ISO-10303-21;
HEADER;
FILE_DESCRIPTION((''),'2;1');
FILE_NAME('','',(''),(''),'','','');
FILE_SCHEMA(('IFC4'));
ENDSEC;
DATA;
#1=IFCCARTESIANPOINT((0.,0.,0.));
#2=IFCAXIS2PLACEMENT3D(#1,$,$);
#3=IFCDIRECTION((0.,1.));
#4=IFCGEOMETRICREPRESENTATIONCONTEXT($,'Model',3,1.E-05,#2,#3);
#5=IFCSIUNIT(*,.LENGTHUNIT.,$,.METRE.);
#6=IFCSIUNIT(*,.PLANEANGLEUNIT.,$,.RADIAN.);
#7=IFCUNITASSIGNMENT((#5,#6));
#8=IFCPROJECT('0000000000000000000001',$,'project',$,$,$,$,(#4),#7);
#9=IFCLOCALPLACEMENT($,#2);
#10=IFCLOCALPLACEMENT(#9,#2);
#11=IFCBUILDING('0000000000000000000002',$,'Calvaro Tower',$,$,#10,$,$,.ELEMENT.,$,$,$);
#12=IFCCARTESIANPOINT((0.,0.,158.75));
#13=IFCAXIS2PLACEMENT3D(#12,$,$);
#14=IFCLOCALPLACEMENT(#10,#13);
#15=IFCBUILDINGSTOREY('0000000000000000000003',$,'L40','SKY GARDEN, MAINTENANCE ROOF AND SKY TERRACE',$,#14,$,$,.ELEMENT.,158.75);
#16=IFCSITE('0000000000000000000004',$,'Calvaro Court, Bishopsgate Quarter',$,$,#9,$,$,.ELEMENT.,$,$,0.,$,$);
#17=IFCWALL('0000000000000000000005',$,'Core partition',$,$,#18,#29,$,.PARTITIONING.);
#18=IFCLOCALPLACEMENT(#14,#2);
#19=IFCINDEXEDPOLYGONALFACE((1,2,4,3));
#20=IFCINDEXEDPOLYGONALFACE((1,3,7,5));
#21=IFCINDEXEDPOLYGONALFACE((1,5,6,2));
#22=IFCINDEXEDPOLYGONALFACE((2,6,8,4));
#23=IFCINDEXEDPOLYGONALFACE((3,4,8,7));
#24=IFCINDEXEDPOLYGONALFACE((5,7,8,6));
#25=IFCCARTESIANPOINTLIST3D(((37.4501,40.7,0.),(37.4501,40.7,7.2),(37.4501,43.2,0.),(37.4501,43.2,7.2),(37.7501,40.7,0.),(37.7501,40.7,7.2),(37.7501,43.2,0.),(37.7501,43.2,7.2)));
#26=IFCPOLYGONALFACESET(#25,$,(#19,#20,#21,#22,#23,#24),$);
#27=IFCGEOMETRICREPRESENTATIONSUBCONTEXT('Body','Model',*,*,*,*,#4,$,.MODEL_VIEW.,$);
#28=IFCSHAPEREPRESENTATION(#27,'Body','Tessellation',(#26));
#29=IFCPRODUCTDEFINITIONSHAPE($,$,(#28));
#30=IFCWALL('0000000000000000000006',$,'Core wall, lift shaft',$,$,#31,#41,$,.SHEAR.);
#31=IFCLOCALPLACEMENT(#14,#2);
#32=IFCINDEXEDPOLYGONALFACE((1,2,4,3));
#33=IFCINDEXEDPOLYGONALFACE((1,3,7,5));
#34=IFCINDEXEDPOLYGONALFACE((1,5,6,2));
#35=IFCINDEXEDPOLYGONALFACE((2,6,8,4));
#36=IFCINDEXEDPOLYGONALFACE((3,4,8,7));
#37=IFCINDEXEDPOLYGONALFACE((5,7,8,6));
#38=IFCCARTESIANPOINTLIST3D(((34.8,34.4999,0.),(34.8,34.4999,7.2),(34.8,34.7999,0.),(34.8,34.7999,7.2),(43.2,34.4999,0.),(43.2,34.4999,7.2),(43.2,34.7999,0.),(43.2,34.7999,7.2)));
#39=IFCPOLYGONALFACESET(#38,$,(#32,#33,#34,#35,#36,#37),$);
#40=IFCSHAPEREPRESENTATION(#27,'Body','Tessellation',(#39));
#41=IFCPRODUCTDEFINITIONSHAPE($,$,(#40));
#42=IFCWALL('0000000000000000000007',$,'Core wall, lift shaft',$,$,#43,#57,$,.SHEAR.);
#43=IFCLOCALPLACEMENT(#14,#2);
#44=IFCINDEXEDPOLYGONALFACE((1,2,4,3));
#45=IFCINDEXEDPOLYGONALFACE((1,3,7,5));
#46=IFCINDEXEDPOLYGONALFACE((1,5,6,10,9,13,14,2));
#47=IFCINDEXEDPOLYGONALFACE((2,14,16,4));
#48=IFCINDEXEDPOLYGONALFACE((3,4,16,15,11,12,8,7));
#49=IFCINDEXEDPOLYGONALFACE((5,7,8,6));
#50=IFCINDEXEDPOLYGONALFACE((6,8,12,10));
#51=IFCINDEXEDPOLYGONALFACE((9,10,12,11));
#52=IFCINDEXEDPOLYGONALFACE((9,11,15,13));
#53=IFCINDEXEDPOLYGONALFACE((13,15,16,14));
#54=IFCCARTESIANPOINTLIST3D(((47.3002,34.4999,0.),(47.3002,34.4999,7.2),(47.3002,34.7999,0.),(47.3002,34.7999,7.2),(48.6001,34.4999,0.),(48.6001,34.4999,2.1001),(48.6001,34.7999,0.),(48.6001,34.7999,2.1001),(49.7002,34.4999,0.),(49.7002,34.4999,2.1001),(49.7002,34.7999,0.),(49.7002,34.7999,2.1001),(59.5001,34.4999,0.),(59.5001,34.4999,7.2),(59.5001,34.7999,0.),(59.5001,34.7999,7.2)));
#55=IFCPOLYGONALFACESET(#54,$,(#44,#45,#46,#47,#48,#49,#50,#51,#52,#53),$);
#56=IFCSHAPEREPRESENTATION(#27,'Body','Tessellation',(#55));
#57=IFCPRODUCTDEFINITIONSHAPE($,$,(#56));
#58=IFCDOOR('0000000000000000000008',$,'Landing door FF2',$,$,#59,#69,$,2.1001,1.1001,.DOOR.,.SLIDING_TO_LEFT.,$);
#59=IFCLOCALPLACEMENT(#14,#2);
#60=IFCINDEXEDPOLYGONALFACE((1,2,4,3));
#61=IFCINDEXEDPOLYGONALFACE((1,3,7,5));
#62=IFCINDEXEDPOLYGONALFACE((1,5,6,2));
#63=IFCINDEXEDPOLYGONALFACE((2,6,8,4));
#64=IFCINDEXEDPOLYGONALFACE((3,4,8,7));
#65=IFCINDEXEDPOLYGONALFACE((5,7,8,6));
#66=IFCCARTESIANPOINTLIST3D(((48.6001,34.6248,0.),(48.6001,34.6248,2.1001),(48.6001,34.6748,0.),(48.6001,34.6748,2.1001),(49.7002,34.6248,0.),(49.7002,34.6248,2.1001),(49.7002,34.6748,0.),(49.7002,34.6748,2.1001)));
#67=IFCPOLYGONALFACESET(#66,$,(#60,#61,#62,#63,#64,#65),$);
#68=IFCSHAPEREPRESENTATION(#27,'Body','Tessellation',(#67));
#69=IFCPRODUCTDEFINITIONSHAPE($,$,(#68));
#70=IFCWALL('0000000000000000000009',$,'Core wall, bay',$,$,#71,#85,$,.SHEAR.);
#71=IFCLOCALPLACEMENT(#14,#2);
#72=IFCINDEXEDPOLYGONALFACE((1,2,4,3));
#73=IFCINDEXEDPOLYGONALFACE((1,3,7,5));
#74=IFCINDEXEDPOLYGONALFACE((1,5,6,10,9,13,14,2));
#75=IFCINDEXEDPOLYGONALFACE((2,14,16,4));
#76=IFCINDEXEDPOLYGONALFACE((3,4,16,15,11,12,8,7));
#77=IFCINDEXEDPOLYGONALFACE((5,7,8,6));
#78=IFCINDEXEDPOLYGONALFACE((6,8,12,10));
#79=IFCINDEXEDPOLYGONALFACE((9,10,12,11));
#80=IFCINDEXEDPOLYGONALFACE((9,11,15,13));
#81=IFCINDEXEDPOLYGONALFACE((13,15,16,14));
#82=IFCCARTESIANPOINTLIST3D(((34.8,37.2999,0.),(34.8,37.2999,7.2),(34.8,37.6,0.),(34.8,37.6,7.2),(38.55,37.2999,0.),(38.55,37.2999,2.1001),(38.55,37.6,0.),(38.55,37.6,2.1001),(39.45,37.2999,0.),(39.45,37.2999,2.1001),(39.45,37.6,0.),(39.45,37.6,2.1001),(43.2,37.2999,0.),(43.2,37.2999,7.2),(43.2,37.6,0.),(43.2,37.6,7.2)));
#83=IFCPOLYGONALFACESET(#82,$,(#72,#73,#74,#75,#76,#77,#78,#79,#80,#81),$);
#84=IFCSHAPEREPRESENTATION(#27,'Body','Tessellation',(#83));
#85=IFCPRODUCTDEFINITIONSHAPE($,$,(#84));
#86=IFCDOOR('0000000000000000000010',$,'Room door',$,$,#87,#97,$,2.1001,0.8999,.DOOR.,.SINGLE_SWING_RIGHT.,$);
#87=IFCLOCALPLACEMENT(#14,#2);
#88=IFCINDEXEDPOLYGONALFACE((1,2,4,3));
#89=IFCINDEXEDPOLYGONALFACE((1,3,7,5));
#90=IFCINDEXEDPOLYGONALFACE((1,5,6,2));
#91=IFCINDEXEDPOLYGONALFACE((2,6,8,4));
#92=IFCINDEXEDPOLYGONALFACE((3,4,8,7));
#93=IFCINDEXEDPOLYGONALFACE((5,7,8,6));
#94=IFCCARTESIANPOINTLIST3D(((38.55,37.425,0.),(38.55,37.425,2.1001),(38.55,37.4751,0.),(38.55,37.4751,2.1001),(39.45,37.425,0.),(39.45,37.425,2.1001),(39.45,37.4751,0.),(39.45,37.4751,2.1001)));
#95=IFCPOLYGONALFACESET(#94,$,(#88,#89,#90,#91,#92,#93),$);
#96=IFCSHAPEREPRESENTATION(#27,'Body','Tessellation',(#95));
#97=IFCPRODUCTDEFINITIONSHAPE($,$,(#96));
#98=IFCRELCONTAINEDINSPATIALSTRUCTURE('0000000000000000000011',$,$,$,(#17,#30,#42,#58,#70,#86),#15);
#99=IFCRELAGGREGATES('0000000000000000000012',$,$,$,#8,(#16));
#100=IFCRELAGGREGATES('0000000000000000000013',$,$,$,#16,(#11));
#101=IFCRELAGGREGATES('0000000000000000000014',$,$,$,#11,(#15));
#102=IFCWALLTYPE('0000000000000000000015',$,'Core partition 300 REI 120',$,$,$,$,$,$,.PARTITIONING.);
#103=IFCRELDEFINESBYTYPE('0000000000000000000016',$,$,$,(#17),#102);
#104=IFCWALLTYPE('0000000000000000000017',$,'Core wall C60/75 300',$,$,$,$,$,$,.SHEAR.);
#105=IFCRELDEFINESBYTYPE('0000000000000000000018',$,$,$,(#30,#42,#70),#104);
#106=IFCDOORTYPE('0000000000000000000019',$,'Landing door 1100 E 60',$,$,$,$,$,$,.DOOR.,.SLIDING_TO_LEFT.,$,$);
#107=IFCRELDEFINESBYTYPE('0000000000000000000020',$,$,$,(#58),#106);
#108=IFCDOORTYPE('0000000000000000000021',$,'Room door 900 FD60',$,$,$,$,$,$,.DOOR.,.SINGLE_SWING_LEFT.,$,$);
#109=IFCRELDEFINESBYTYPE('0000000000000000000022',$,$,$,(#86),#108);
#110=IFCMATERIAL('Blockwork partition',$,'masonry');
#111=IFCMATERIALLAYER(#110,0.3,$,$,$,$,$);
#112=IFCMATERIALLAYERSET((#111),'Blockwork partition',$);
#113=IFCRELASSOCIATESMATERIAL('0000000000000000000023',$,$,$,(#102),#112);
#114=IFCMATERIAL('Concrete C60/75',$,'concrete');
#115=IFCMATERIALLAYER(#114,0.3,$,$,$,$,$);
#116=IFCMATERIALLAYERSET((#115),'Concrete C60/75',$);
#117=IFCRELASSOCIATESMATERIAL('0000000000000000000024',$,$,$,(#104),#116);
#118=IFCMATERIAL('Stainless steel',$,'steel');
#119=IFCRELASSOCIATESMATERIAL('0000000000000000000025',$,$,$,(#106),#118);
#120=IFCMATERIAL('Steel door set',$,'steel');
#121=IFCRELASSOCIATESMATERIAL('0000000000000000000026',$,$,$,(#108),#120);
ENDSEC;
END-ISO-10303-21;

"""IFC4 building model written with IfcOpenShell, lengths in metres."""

from ifc_helpers import new_model, si_unit, direction, frame, frame_2d, origin, place, context, subcontext, project, spatial, rectangle, extrude, material, layer, layer_set, type_object, element, fill, save


model = new_model("IFC4")

# Units and contexts
model_context = context("Model", 3, precision=1e-05, world=origin(), true_north=direction((0.0, 1.0)))
body_context = subcontext(model_context, "Body", "Model", "MODEL_VIEW")
ifc_project = project(units=[si_unit("LENGTHUNIT", "METRE"), si_unit("PLANEANGLEUNIT", "RADIAN")], contexts=[model_context])

# Site, building, storey
site_placement = place(None, origin())
site = spatial("IfcSite", under=ifc_project, at=site_placement, Name="Calvaro Court, Bishopsgate Quarter", CompositionType="ELEMENT", RefElevation=0.0)
building_placement = place(site_placement, origin())
building = spatial("IfcBuilding", under=site, at=building_placement, Name="Calvaro Tower", CompositionType="ELEMENT")
storey_placement = place(building_placement, frame((0.0, 0.0, 158.75)))
storey = spatial("IfcBuildingStorey", under=building, at=storey_placement, Name="L40", Description="SKY GARDEN, MAINTENANCE ROOF AND SKY TERRACE", CompositionType="ELEMENT", Elevation=158.75)

# Walls
ifc_material_1 = material(Name="Blockwork partition", Category="masonry")
ifc_layer_1 = layer(ifc_material_1, 0.3)
ifc_layer_set_1 = layer_set([ifc_layer_1], Name="Blockwork partition")
wall_type_1 = type_object("IfcWallType", Name="Core partition 300 REI 120", PredefinedType="PARTITIONING", material=ifc_layer_set_1)
wall_1_placement = place(storey_placement, frame((37.6001, 40.7, 0.0), z_axis=(0.0, 0.0, 1.0), x_axis=(0.0, 1.0, 0.0)))
element("IfcWall", 1, at=wall_1_placement, inside=storey, type_object=wall_type_1, Name="Core partition", PredefinedType="PARTITIONING", context=body_context, shape_type="SweptSolid", body=[
    extrude(rectangle(XDim=2.5, YDim=0.3, at=frame_2d((1.25, 0.0))), origin(), (0.0, 0.0, 1.0), 7.2),
])
ifc_material_2 = material(Name="Concrete C60/75", Category="concrete")
ifc_layer_2 = layer(ifc_material_2, 0.3)
ifc_layer_set_2 = layer_set([ifc_layer_2], Name="Concrete C60/75")
wall_type_2 = type_object("IfcWallType", Name="Core wall C60/75 300", PredefinedType="SHEAR", material=ifc_layer_set_2)
wall_2_placement = place(storey_placement, frame((34.8, 34.6499, 0.0), z_axis=(0.0, 0.0, 1.0), x_axis=(1.0, 0.0, 0.0)))
element("IfcWall", 2, at=wall_2_placement, inside=storey, type_object=wall_type_2, Name="Core wall, lift shaft", PredefinedType="SHEAR", context=body_context, shape_type="SweptSolid", body=[
    extrude(rectangle(XDim=8.3999, YDim=0.3, at=frame_2d((4.2, 0.0))), origin(), (0.0, 0.0, 1.0), 7.2),
])

# Walls, openings, doors
wall_3_placement = place(storey_placement, frame((47.3, 34.6499, 0.0), z_axis=(0.0, 0.0, 1.0), x_axis=(1.0, 0.0, 0.0)))
wall_3 = element("IfcWall", 3, at=wall_3_placement, inside=storey, type_object=wall_type_2, Name="Core wall, lift shaft", PredefinedType="SHEAR", context=body_context, shape_type="SweptSolid", body=[
    extrude(rectangle(XDim=12.2, YDim=0.3, at=frame_2d((6.1001, 0.0))), origin(), (0.0, 0.0, 1.0), 7.2),
])
opening_1_placement = place(wall_3_placement, frame((1.3, 0.0, 0.0)))
opening_1 = element("IfcOpeningElement", 4, at=opening_1_placement, cuts=wall_3, PredefinedType="OPENING", context=body_context, shape_type="SweptSolid", body=[
    extrude(rectangle(XDim=1.1001, YDim=2.1001, at=frame_2d((0.55, 1.05))), frame((0.0, 0.1599, 0.0), z_axis=(0.0, -1.0, 0.0), x_axis=(1.0, 0.0, 0.0)), (0.0, 0.0, 1.0), 0.3201),
])
ifc_material_3 = material(Name="Stainless steel", Category="steel")
door_type_1 = type_object("IfcDoorType", Name="Landing door 1100 E 60", OperationType="SLIDING_TO_LEFT", PredefinedType="DOOR", material=ifc_material_3)
door_1_placement = place(opening_1_placement, origin())
door_1 = element("IfcDoor", 5, at=door_1_placement, inside=storey, type_object=door_type_1, Name="Landing door FF2", OperationType="SLIDING_TO_LEFT", OverallHeight=2.1001, OverallWidth=1.1001, PredefinedType="DOOR", context=body_context, shape_type="SweptSolid", body=[
    extrude(rectangle(XDim=1.1001, YDim=2.1001, at=frame_2d((0.55, 1.05))), frame((0.0, 0.0249, 0.0), z_axis=(0.0, -1.0, 0.0), x_axis=(1.0, 0.0, 0.0)), (0.0, 0.0, 1.0), 0.05),
])
fill(opening_1, door_1)
wall_4_placement = place(storey_placement, frame((43.2, 37.45, 0.0), z_axis=(0.0, 0.0, 1.0), x_axis=(-1.0, 0.0, 0.0)))
wall_4 = element("IfcWall", 6, at=wall_4_placement, inside=storey, type_object=wall_type_2, Name="Core wall, bay", PredefinedType="SHEAR", context=body_context, shape_type="SweptSolid", body=[
    extrude(rectangle(XDim=8.3999, YDim=0.3, at=frame_2d((4.2, 0.0))), origin(), (0.0, 0.0, 1.0), 7.2),
])
opening_2_placement = place(wall_4_placement, frame((3.75, 0.0, 0.0)))
opening_2 = element("IfcOpeningElement", 7, at=opening_2_placement, cuts=wall_4, PredefinedType="OPENING", context=body_context, shape_type="SweptSolid", body=[
    extrude(rectangle(XDim=0.8999, YDim=2.1001, at=frame_2d((0.45, 1.05))), frame((0.0, 0.1599, 0.0), z_axis=(0.0, -1.0, 0.0), x_axis=(1.0, 0.0, 0.0)), (0.0, 0.0, 1.0), 0.3201),
])
ifc_material_4 = material(Name="Steel door set", Category="steel")
door_type_2 = type_object("IfcDoorType", Name="Room door 900 FD60", OperationType="SINGLE_SWING_LEFT", PredefinedType="DOOR", material=ifc_material_4)
door_2_placement = place(opening_2_placement, origin())
door_2 = element("IfcDoor", 8, at=door_2_placement, inside=storey, type_object=door_type_2, Name="Room door", OperationType="SINGLE_SWING_RIGHT", OverallHeight=2.1001, OverallWidth=0.8999, PredefinedType="DOOR", context=body_context, shape_type="SweptSolid", body=[
    extrude(rectangle(XDim=0.8999, YDim=2.1001, at=frame_2d((0.45, 1.05))), frame((0.0, 0.0249, 0.0), z_axis=(0.0, -1.0, 0.0), x_axis=(1.0, 0.0, 0.0)), (0.0, 0.0, 1.0), 0.05),
])
fill(opening_2, door_2)

save(model, "model.ifc")
